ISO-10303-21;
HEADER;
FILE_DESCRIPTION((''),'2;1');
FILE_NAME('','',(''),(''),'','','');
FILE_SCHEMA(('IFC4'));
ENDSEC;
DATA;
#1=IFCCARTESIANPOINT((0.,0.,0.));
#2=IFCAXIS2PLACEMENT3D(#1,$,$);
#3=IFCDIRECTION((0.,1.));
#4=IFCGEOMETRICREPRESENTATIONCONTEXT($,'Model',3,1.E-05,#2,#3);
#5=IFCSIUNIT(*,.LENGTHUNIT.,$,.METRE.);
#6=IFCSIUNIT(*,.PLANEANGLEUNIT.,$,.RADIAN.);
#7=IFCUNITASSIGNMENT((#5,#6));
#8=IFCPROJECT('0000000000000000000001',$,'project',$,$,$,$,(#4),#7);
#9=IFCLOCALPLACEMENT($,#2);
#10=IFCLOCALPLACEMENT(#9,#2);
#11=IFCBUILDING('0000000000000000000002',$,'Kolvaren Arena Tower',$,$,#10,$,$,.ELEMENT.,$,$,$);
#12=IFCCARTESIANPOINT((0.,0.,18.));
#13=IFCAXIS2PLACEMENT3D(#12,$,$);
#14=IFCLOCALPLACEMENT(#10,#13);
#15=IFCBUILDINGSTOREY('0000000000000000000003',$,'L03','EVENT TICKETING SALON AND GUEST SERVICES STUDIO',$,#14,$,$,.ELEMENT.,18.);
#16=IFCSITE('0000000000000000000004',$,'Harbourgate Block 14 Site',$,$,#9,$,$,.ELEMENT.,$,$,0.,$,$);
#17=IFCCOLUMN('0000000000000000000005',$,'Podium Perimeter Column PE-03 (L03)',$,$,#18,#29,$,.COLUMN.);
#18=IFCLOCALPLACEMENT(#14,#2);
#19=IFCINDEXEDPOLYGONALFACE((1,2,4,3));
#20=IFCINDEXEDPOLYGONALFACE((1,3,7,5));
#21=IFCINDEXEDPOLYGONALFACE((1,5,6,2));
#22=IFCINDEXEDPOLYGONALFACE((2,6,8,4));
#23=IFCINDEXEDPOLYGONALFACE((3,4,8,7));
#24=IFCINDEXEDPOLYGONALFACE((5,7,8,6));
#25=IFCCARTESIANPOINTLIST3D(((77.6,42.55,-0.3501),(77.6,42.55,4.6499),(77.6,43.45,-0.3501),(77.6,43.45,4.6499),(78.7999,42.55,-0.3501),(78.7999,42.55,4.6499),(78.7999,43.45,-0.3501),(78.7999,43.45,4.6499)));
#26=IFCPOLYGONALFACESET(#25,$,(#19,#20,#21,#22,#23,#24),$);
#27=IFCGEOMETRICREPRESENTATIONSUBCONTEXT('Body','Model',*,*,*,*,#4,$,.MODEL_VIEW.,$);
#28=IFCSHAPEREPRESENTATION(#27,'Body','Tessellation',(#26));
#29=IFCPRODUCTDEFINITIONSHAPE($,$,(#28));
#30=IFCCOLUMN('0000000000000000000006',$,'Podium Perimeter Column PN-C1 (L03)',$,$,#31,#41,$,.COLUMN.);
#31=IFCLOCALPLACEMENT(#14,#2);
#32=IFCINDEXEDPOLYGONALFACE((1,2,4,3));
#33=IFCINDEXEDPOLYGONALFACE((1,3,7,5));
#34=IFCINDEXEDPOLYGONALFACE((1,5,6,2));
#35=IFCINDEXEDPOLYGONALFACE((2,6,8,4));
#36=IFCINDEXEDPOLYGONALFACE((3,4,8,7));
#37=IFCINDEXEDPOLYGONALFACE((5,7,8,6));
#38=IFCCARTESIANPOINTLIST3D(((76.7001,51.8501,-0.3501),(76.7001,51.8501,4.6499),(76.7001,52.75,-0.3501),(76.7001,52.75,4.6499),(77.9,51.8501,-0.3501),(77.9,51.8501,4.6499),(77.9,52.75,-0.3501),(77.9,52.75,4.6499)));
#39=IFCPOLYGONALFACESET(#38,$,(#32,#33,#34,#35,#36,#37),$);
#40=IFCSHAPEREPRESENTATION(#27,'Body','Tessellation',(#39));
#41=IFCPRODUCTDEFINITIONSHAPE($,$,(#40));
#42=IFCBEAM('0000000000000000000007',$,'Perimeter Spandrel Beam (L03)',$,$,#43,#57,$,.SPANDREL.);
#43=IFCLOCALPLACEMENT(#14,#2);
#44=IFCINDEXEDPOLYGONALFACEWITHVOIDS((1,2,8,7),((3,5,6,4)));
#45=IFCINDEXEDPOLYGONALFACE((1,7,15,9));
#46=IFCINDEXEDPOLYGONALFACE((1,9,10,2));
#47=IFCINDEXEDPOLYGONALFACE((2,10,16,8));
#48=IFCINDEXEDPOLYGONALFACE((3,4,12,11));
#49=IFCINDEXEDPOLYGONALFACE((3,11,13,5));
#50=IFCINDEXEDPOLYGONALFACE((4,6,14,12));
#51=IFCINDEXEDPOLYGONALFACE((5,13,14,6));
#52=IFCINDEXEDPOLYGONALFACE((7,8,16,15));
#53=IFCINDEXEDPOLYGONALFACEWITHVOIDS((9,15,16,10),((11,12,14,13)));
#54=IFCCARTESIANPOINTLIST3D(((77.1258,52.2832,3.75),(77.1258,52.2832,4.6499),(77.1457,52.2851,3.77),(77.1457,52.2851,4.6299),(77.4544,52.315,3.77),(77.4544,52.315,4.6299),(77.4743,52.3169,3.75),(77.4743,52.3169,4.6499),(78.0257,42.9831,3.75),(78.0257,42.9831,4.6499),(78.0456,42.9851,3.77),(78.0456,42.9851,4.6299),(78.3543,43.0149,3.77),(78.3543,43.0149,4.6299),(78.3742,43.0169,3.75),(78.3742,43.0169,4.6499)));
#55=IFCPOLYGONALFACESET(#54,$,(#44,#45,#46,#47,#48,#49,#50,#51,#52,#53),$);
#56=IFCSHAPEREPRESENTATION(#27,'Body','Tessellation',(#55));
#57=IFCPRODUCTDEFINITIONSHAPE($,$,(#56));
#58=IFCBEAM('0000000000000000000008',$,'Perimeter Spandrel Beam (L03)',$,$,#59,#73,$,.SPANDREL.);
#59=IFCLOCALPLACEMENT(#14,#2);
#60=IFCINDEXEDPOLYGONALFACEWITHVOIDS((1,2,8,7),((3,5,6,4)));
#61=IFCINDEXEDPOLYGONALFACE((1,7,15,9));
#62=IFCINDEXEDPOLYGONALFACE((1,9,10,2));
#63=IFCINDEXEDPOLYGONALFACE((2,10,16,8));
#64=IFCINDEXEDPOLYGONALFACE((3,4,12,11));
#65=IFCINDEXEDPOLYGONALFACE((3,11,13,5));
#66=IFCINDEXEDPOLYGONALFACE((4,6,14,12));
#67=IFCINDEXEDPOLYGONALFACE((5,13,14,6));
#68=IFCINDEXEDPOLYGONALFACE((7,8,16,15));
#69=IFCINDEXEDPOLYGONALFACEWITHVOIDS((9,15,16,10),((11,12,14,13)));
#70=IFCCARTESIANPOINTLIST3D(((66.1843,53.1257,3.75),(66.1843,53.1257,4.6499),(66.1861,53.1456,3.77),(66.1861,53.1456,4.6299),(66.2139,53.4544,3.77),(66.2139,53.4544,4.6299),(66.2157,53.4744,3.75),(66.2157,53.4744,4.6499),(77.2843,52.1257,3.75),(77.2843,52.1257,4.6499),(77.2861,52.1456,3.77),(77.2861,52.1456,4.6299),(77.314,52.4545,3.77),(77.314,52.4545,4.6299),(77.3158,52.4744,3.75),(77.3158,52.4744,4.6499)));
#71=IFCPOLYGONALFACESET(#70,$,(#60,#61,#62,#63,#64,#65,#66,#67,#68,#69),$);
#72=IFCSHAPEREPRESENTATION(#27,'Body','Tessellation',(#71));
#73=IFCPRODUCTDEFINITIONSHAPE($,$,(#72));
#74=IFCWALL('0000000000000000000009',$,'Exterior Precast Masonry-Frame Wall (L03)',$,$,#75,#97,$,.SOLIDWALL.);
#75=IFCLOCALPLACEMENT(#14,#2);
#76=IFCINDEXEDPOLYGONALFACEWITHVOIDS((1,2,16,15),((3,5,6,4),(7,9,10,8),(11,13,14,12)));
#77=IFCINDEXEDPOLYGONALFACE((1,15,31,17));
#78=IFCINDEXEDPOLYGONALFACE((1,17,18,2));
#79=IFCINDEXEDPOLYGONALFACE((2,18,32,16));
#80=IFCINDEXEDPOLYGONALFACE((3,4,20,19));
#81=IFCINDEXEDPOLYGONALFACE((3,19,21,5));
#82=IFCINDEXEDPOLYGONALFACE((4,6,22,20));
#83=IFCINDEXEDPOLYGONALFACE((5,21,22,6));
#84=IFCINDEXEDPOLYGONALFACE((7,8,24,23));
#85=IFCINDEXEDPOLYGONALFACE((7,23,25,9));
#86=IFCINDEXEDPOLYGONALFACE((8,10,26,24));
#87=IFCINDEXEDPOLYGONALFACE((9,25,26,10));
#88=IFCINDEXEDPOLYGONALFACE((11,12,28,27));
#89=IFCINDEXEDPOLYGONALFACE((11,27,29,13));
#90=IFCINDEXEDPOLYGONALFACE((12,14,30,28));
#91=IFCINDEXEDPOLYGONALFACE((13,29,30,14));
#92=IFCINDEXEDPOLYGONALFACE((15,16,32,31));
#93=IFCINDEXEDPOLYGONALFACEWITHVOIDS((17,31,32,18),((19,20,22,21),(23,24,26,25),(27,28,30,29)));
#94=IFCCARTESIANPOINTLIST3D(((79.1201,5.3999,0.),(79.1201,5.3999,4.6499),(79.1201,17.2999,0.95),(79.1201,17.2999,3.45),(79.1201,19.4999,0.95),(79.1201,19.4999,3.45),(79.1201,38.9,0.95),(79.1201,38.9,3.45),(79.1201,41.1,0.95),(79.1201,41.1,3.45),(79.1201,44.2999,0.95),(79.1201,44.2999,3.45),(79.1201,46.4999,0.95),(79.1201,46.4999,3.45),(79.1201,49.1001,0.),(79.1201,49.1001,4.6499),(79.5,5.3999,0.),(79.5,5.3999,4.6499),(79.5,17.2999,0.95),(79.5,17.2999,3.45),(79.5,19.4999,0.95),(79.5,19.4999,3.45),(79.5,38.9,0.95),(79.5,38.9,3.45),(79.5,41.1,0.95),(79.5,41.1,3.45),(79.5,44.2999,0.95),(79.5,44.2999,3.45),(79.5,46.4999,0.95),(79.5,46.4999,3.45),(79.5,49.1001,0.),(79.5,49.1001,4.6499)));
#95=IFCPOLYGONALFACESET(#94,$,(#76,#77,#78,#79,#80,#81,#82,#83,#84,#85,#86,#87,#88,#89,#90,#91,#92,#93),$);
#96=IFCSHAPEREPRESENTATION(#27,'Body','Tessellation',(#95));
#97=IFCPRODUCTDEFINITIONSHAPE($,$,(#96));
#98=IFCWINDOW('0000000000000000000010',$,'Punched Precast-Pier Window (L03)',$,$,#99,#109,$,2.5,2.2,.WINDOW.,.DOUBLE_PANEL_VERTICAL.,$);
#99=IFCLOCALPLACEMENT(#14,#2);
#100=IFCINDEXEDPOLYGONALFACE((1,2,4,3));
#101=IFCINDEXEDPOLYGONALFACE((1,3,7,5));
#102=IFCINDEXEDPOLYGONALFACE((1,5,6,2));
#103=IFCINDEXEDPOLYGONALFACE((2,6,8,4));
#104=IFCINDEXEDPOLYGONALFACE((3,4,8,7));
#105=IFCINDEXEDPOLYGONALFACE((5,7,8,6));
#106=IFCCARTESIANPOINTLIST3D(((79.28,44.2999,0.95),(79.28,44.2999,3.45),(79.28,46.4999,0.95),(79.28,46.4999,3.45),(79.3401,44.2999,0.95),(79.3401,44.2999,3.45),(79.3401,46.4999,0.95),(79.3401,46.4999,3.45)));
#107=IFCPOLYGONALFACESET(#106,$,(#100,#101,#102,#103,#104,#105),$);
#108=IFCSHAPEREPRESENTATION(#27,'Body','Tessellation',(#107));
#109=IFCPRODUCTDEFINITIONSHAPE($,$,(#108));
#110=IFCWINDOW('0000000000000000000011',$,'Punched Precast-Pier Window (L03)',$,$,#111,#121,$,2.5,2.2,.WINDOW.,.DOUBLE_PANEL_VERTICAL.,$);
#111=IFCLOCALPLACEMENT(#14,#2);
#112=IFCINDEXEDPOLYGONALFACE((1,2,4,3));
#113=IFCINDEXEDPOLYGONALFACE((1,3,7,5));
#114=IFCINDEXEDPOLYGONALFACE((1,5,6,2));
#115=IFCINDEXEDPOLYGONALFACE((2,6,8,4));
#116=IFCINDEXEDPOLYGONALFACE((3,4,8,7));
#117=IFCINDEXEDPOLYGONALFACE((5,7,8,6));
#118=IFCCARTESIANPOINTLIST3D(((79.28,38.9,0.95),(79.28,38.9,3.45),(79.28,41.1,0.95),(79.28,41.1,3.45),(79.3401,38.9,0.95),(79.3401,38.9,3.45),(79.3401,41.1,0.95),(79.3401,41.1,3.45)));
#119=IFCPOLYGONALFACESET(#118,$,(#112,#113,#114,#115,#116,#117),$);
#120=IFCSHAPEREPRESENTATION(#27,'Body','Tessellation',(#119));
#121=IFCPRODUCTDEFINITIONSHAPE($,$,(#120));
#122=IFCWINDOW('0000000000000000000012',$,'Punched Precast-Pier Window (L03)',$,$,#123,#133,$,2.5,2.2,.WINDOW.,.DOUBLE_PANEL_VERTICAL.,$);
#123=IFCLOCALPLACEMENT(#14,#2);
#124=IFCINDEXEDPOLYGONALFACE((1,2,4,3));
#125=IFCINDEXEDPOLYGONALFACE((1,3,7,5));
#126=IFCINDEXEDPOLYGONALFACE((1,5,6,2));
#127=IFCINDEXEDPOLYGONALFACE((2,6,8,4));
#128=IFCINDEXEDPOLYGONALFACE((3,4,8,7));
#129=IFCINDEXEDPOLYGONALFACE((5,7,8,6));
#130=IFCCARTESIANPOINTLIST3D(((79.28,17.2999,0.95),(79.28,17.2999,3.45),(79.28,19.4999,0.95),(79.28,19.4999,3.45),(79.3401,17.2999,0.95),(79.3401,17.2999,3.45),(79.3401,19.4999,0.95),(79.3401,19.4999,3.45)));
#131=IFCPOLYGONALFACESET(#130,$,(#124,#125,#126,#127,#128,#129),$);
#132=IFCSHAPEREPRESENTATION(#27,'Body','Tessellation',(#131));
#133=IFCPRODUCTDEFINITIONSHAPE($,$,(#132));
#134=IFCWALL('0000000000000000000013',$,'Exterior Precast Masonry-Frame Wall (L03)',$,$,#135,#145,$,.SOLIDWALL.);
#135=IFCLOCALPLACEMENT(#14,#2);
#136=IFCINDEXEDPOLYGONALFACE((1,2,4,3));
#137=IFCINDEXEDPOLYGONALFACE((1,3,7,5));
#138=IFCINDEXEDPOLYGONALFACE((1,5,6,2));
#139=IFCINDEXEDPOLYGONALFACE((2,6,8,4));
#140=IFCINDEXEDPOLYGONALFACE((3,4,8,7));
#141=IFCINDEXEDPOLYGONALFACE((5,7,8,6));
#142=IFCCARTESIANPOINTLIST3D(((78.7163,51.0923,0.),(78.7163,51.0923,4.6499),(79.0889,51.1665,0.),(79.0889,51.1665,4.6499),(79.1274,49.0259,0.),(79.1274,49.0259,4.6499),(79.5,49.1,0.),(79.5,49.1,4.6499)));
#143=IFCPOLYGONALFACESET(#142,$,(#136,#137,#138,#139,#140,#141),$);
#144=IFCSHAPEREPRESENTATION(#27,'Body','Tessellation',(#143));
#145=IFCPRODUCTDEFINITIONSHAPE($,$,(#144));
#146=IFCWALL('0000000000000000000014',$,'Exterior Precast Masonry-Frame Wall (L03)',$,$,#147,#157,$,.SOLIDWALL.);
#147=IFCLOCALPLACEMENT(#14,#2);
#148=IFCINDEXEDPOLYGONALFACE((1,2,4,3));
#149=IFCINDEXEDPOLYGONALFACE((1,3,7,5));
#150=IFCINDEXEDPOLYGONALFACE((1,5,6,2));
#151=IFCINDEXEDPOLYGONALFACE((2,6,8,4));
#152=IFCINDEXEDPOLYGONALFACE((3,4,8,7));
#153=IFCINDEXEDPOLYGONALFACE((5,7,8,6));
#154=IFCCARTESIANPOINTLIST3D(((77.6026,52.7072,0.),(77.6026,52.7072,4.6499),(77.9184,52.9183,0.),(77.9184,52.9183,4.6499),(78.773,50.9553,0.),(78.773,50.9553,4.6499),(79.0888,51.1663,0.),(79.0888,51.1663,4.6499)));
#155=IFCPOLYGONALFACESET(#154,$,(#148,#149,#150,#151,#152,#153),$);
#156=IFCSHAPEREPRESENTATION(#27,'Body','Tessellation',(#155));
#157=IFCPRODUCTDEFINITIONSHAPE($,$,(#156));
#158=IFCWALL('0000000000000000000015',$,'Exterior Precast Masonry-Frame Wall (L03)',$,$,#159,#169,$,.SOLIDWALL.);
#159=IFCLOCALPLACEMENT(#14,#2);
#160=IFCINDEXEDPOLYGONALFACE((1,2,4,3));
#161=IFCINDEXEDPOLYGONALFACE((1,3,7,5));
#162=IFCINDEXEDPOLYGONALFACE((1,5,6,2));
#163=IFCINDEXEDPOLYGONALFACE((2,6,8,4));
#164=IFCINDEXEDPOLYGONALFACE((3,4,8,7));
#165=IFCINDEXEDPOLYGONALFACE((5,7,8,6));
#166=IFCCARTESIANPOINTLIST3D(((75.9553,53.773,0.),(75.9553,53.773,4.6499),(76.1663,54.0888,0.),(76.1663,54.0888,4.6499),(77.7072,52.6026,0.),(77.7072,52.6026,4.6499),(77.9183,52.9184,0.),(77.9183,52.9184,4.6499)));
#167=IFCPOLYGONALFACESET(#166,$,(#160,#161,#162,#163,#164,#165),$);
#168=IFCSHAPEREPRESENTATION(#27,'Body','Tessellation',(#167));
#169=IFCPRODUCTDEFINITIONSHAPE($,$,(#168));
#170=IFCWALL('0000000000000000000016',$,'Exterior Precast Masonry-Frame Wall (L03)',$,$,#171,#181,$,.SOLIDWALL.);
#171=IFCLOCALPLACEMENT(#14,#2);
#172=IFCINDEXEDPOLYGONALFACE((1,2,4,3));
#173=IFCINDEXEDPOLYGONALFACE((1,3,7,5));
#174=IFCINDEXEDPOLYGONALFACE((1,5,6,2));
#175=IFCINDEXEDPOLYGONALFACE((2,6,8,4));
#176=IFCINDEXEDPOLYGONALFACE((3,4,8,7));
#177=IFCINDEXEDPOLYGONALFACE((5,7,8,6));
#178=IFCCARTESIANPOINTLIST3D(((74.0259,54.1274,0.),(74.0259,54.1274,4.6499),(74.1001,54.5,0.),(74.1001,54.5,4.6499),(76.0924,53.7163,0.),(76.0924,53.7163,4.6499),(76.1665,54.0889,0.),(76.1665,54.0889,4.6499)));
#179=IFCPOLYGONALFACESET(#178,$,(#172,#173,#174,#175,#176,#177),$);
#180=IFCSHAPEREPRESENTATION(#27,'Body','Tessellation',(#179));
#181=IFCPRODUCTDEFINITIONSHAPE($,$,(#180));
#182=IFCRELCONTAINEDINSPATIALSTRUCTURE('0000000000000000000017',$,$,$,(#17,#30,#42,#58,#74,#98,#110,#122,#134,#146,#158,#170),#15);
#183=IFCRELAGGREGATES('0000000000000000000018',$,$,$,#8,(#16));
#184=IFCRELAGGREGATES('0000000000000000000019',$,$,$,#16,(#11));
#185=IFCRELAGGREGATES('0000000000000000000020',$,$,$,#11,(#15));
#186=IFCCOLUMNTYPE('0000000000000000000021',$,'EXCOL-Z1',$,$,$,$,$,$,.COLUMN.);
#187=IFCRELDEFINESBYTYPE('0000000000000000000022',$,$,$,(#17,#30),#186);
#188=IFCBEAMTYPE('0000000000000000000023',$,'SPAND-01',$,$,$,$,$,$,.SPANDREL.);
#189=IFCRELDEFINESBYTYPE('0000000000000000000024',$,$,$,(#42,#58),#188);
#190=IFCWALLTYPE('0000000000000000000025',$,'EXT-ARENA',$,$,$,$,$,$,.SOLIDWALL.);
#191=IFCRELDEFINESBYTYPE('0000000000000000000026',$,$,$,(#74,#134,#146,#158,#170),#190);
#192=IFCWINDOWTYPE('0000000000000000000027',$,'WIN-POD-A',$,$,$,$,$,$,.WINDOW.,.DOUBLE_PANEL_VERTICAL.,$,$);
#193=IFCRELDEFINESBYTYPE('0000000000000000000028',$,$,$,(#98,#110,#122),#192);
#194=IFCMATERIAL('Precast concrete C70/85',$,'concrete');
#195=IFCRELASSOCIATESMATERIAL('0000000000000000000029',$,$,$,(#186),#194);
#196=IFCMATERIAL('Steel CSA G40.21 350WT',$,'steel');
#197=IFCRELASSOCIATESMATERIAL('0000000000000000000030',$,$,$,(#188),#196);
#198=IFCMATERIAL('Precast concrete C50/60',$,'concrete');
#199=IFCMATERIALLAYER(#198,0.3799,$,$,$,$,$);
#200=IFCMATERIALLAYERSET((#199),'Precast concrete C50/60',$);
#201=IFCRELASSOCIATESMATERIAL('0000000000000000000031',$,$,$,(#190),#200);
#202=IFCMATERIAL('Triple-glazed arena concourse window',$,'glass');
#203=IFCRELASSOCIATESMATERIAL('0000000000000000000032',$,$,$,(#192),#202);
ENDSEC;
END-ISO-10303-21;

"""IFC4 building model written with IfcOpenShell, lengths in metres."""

from ifc_helpers import new_model, si_unit, direction, frame, frame_2d, origin, origin_2d, place, context, subcontext, project, spatial, rectangle, hollow_rectangle, extrude, material, layer, layer_set, material_profile, profile_set, type_object, element, fill, save


model = new_model("IFC4")

# Units and contexts
model_context = context("Model", 3, precision=1e-05, world=origin(), true_north=direction((0.0, 1.0)))
body_context = subcontext(model_context, "Body", "Model", "MODEL_VIEW")
ifc_project = project(units=[si_unit("LENGTHUNIT", "METRE"), si_unit("PLANEANGLEUNIT", "RADIAN")], contexts=[model_context])

# Site, building, storey
site_placement = place(None, origin())
site = spatial("IfcSite", under=ifc_project, at=site_placement, Name="Harbourgate Block 14 Site", CompositionType="ELEMENT", RefElevation=0.0)
building_placement = place(site_placement, origin())
building = spatial("IfcBuilding", under=site, at=building_placement, Name="Kolvaren Arena Tower", CompositionType="ELEMENT")
storey_placement = place(building_placement, frame((0.0, 0.0, 18.0)))
storey = spatial("IfcBuildingStorey", under=building, at=storey_placement, Name="L03", Description="EVENT TICKETING SALON AND GUEST SERVICES STUDIO", CompositionType="ELEMENT", Elevation=18.0)

# Columns
ifc_material_1 = material(Name="Precast concrete C70/85", Category="concrete")
ifc_material_profile_1 = material_profile(ifc_material_1, rectangle(XDim=1.2, YDim=0.8999, at=origin_2d()), Name="RC-1200x900")
ifc_profile_set_1 = profile_set([ifc_material_profile_1], Name="Precast concrete C70/85")
column_type = type_object("IfcColumnType", Name="EXCOL-Z1", PredefinedType="COLUMN", material=ifc_profile_set_1)
for number, where, z_axis, x_axis, name in (
    (1, (78.2, 43.0, -0.3501), (0.0, 0.0, 1.0), (1.0, 0.0, 0.0), "Podium Perimeter Column PE-03 (L03)"),
    (2, (77.3, 52.3, -0.3501), (0.0, 0.0, 1.0), (1.0, 0.0, 0.0), "Podium Perimeter Column PN-C1 (L03)"),
):
    element("IfcColumn", number, at=place(storey_placement, frame(where, z_axis=z_axis, x_axis=x_axis)), inside=storey, type_object=column_type, Name=name, PredefinedType="COLUMN", context=body_context, shape_type="SweptSolid", body=[
        extrude(rectangle(XDim=1.2, YDim=0.8999, at=origin_2d()), origin(), (0.0, 0.0, 1.0), 5.0),
    ])

# Beams
ifc_material_2 = material(Name="Steel CSA G40.21 350WT", Category="steel")
ifc_material_profile_2 = material_profile(ifc_material_2, hollow_rectangle(XDim=0.3501, YDim=0.8999, WallThickness=0.02, at=origin_2d()), Name="HSS 900x350x20")
ifc_profile_set_2 = profile_set([ifc_material_profile_2], Name="Steel CSA G40.21 350WT")
beam_type = type_object("IfcBeamType", Name="SPAND-01", PredefinedType="SPANDREL", material=ifc_profile_set_2)
beam_1_placement = place(storey_placement, frame((78.2, 43.0, 4.2), z_axis=(-0.096313, 0.995351, 0.0), x_axis=(-0.995351, -0.096313, 0.0)))
element("IfcBeam", 3, at=beam_1_placement, inside=storey, type_object=beam_type, Name="Perimeter Spandrel Beam (L03)", PredefinedType="SPANDREL", context=body_context, shape_type="SweptSolid", body=[
    extrude(hollow_rectangle(XDim=0.3501, YDim=0.8999, WallThickness=0.02, at=origin_2d()), origin(), (0.0, 0.0, 1.0), 9.3435),
])
beam_2_placement = place(storey_placement, frame((77.3, 52.3, 4.2), z_axis=(-0.995966, 0.089726, 0.0), x_axis=(-0.089726, -0.995966, 0.0)))
element("IfcBeam", 4, at=beam_2_placement, inside=storey, type_object=beam_type, Name="Perimeter Spandrel Beam (L03)", PredefinedType="SPANDREL", context=body_context, shape_type="SweptSolid", body=[
    extrude(hollow_rectangle(XDim=0.3501, YDim=0.8999, WallThickness=0.02, at=origin_2d()), origin(), (0.0, 0.0, 1.0), 11.145),
])

# Wall, openings, windows
ifc_material_3 = material(Name="Precast concrete C50/60", Category="concrete")
ifc_layer_1 = layer(ifc_material_3, 0.3799)
ifc_layer_set_1 = layer_set([ifc_layer_1], Name="Precast concrete C50/60")
wall_type_1 = type_object("IfcWallType", Name="EXT-ARENA", PredefinedType="SOLIDWALL", material=ifc_layer_set_1)
wall_1_placement = place(storey_placement, frame((79.3101, 49.1001, 0.0), z_axis=(0.0, 0.0, 1.0), x_axis=(0.0, -1.0, 0.0)))
wall_1 = element("IfcWall", 5, at=wall_1_placement, inside=storey, type_object=wall_type_1, Name="Exterior Precast Masonry-Frame Wall (L03)", PredefinedType="SOLIDWALL", context=body_context, shape_type="SweptSolid", body=[
    extrude(rectangle(XDim=43.7002, YDim=0.3799, at=frame_2d((21.8501, 0.0))), origin(), (0.0, 0.0, 1.0), 4.6499),
])
opening_1_placement = place(wall_1_placement, frame((2.6001, 0.0, 0.95)))
opening_1 = element("IfcOpeningElement", 6, at=opening_1_placement, cuts=wall_1, PredefinedType="OPENING", context=body_context, shape_type="SweptSolid", body=[
    extrude(rectangle(XDim=2.2, YDim=2.5, at=frame_2d((1.1001, 1.25))), frame((0.0, 0.2, 0.0), z_axis=(0.0, -1.0, 0.0), x_axis=(1.0, 0.0, 0.0)), (0.0, 0.0, 1.0), 0.3999),
])
opening_2_placement = place(wall_1_placement, frame((8.0, 0.0, 0.95)))
opening_2 = element("IfcOpeningElement", 7, at=opening_2_placement, cuts=wall_1, PredefinedType="OPENING", context=body_context, shape_type="SweptSolid", body=[
    extrude(rectangle(XDim=2.2, YDim=2.5, at=frame_2d((1.1001, 1.25))), frame((0.0, 0.2, 0.0), z_axis=(0.0, -1.0, 0.0), x_axis=(1.0, 0.0, 0.0)), (0.0, 0.0, 1.0), 0.3999),
])
opening_3_placement = place(wall_1_placement, frame((29.6001, 0.0, 0.95)))
opening_3 = element("IfcOpeningElement", 8, at=opening_3_placement, cuts=wall_1, PredefinedType="OPENING", context=body_context, shape_type="SweptSolid", body=[
    extrude(rectangle(XDim=2.2, YDim=2.5, at=frame_2d((1.1001, 1.25))), frame((0.0, 0.2, 0.0), z_axis=(0.0, -1.0, 0.0), x_axis=(1.0, 0.0, 0.0)), (0.0, 0.0, 1.0), 0.3999),
])
ifc_material_4 = material(Name="Triple-glazed arena concourse window", Category="glass")
window_type = type_object("IfcWindowType", Name="WIN-POD-A", PartitioningType="DOUBLE_PANEL_VERTICAL", PredefinedType="WINDOW", material=ifc_material_4)
window_1_placement = place(opening_1_placement, origin())
window_1 = element("IfcWindow", 9, at=window_1_placement, inside=storey, type_object=window_type, Name="Punched Precast-Pier Window (L03)", OverallHeight=2.5, OverallWidth=2.2, PartitioningType="DOUBLE_PANEL_VERTICAL", PredefinedType="WINDOW", context=body_context, shape_type="SweptSolid", body=[
    extrude(rectangle(XDim=2.2, YDim=2.5, at=frame_2d((1.1001, 1.25))), frame((0.0, 0.03, 0.0), z_axis=(0.0, -1.0, 0.0), x_axis=(1.0, 0.0, 0.0)), (0.0, 0.0, 1.0), 0.0601),
])
fill(opening_1, window_1)
window_2_placement = place(opening_2_placement, origin())
window_2 = element("IfcWindow", 10, at=window_2_placement, inside=storey, type_object=window_type, Name="Punched Precast-Pier Window (L03)", OverallHeight=2.5, OverallWidth=2.2, PartitioningType="DOUBLE_PANEL_VERTICAL", PredefinedType="WINDOW", context=body_context, shape_type="SweptSolid", body=[
    extrude(rectangle(XDim=2.2, YDim=2.5, at=frame_2d((1.1001, 1.25))), frame((0.0, 0.03, 0.0), z_axis=(0.0, -1.0, 0.0), x_axis=(1.0, 0.0, 0.0)), (0.0, 0.0, 1.0), 0.0601),
])
fill(opening_2, window_2)
window_3_placement = place(opening_3_placement, origin())
window_3 = element("IfcWindow", 11, at=window_3_placement, inside=storey, type_object=window_type, Name="Punched Precast-Pier Window (L03)", OverallHeight=2.5, OverallWidth=2.2, PartitioningType="DOUBLE_PANEL_VERTICAL", PredefinedType="WINDOW", context=body_context, shape_type="SweptSolid", body=[
    extrude(rectangle(XDim=2.2, YDim=2.5, at=frame_2d((1.1001, 1.25))), frame((0.0, 0.03, 0.0), z_axis=(0.0, -1.0, 0.0), x_axis=(1.0, 0.0, 0.0)), (0.0, 0.0, 1.0), 0.0601),
])
fill(opening_3, window_3)

# Walls
for number, where, z_axis, x_axis, name in (
    (12, (78.9026, 51.1294, 0.0), (0.0, 0.0, 1.0), (0.195136, -0.980776, 0.0), "Exterior Precast Masonry-Frame Wall (L03)"),
    (13, (77.7605, 52.8127, 0.0), (0.0, 0.0, 1.0), (0.555502, -0.831515, 0.0), "Exterior Precast Masonry-Frame Wall (L03)"),
    (14, (76.0608, 53.9309, 0.0), (0.0, 0.0, 1.0), (0.831515, -0.555502, 0.0), "Exterior Precast Masonry-Frame Wall (L03)"),
    (15, (74.063, 54.3137, 0.0), (0.0, 0.0, 1.0), (0.980776, -0.195136, 0.0), "Exterior Precast Masonry-Frame Wall (L03)"),
):
    element("IfcWall", number, at=place(storey_placement, frame(where, z_axis=z_axis, x_axis=x_axis)), inside=storey, type_object=wall_type_1, Name=name, PredefinedType="SOLIDWALL", context=body_context, shape_type="SweptSolid", body=[
        extrude(rectangle(XDim=2.1069, YDim=0.3799, at=frame_2d((1.0535, 0.0))), origin(), (0.0, 0.0, 1.0), 4.6499),
    ])

save(model, "model.ifc")
